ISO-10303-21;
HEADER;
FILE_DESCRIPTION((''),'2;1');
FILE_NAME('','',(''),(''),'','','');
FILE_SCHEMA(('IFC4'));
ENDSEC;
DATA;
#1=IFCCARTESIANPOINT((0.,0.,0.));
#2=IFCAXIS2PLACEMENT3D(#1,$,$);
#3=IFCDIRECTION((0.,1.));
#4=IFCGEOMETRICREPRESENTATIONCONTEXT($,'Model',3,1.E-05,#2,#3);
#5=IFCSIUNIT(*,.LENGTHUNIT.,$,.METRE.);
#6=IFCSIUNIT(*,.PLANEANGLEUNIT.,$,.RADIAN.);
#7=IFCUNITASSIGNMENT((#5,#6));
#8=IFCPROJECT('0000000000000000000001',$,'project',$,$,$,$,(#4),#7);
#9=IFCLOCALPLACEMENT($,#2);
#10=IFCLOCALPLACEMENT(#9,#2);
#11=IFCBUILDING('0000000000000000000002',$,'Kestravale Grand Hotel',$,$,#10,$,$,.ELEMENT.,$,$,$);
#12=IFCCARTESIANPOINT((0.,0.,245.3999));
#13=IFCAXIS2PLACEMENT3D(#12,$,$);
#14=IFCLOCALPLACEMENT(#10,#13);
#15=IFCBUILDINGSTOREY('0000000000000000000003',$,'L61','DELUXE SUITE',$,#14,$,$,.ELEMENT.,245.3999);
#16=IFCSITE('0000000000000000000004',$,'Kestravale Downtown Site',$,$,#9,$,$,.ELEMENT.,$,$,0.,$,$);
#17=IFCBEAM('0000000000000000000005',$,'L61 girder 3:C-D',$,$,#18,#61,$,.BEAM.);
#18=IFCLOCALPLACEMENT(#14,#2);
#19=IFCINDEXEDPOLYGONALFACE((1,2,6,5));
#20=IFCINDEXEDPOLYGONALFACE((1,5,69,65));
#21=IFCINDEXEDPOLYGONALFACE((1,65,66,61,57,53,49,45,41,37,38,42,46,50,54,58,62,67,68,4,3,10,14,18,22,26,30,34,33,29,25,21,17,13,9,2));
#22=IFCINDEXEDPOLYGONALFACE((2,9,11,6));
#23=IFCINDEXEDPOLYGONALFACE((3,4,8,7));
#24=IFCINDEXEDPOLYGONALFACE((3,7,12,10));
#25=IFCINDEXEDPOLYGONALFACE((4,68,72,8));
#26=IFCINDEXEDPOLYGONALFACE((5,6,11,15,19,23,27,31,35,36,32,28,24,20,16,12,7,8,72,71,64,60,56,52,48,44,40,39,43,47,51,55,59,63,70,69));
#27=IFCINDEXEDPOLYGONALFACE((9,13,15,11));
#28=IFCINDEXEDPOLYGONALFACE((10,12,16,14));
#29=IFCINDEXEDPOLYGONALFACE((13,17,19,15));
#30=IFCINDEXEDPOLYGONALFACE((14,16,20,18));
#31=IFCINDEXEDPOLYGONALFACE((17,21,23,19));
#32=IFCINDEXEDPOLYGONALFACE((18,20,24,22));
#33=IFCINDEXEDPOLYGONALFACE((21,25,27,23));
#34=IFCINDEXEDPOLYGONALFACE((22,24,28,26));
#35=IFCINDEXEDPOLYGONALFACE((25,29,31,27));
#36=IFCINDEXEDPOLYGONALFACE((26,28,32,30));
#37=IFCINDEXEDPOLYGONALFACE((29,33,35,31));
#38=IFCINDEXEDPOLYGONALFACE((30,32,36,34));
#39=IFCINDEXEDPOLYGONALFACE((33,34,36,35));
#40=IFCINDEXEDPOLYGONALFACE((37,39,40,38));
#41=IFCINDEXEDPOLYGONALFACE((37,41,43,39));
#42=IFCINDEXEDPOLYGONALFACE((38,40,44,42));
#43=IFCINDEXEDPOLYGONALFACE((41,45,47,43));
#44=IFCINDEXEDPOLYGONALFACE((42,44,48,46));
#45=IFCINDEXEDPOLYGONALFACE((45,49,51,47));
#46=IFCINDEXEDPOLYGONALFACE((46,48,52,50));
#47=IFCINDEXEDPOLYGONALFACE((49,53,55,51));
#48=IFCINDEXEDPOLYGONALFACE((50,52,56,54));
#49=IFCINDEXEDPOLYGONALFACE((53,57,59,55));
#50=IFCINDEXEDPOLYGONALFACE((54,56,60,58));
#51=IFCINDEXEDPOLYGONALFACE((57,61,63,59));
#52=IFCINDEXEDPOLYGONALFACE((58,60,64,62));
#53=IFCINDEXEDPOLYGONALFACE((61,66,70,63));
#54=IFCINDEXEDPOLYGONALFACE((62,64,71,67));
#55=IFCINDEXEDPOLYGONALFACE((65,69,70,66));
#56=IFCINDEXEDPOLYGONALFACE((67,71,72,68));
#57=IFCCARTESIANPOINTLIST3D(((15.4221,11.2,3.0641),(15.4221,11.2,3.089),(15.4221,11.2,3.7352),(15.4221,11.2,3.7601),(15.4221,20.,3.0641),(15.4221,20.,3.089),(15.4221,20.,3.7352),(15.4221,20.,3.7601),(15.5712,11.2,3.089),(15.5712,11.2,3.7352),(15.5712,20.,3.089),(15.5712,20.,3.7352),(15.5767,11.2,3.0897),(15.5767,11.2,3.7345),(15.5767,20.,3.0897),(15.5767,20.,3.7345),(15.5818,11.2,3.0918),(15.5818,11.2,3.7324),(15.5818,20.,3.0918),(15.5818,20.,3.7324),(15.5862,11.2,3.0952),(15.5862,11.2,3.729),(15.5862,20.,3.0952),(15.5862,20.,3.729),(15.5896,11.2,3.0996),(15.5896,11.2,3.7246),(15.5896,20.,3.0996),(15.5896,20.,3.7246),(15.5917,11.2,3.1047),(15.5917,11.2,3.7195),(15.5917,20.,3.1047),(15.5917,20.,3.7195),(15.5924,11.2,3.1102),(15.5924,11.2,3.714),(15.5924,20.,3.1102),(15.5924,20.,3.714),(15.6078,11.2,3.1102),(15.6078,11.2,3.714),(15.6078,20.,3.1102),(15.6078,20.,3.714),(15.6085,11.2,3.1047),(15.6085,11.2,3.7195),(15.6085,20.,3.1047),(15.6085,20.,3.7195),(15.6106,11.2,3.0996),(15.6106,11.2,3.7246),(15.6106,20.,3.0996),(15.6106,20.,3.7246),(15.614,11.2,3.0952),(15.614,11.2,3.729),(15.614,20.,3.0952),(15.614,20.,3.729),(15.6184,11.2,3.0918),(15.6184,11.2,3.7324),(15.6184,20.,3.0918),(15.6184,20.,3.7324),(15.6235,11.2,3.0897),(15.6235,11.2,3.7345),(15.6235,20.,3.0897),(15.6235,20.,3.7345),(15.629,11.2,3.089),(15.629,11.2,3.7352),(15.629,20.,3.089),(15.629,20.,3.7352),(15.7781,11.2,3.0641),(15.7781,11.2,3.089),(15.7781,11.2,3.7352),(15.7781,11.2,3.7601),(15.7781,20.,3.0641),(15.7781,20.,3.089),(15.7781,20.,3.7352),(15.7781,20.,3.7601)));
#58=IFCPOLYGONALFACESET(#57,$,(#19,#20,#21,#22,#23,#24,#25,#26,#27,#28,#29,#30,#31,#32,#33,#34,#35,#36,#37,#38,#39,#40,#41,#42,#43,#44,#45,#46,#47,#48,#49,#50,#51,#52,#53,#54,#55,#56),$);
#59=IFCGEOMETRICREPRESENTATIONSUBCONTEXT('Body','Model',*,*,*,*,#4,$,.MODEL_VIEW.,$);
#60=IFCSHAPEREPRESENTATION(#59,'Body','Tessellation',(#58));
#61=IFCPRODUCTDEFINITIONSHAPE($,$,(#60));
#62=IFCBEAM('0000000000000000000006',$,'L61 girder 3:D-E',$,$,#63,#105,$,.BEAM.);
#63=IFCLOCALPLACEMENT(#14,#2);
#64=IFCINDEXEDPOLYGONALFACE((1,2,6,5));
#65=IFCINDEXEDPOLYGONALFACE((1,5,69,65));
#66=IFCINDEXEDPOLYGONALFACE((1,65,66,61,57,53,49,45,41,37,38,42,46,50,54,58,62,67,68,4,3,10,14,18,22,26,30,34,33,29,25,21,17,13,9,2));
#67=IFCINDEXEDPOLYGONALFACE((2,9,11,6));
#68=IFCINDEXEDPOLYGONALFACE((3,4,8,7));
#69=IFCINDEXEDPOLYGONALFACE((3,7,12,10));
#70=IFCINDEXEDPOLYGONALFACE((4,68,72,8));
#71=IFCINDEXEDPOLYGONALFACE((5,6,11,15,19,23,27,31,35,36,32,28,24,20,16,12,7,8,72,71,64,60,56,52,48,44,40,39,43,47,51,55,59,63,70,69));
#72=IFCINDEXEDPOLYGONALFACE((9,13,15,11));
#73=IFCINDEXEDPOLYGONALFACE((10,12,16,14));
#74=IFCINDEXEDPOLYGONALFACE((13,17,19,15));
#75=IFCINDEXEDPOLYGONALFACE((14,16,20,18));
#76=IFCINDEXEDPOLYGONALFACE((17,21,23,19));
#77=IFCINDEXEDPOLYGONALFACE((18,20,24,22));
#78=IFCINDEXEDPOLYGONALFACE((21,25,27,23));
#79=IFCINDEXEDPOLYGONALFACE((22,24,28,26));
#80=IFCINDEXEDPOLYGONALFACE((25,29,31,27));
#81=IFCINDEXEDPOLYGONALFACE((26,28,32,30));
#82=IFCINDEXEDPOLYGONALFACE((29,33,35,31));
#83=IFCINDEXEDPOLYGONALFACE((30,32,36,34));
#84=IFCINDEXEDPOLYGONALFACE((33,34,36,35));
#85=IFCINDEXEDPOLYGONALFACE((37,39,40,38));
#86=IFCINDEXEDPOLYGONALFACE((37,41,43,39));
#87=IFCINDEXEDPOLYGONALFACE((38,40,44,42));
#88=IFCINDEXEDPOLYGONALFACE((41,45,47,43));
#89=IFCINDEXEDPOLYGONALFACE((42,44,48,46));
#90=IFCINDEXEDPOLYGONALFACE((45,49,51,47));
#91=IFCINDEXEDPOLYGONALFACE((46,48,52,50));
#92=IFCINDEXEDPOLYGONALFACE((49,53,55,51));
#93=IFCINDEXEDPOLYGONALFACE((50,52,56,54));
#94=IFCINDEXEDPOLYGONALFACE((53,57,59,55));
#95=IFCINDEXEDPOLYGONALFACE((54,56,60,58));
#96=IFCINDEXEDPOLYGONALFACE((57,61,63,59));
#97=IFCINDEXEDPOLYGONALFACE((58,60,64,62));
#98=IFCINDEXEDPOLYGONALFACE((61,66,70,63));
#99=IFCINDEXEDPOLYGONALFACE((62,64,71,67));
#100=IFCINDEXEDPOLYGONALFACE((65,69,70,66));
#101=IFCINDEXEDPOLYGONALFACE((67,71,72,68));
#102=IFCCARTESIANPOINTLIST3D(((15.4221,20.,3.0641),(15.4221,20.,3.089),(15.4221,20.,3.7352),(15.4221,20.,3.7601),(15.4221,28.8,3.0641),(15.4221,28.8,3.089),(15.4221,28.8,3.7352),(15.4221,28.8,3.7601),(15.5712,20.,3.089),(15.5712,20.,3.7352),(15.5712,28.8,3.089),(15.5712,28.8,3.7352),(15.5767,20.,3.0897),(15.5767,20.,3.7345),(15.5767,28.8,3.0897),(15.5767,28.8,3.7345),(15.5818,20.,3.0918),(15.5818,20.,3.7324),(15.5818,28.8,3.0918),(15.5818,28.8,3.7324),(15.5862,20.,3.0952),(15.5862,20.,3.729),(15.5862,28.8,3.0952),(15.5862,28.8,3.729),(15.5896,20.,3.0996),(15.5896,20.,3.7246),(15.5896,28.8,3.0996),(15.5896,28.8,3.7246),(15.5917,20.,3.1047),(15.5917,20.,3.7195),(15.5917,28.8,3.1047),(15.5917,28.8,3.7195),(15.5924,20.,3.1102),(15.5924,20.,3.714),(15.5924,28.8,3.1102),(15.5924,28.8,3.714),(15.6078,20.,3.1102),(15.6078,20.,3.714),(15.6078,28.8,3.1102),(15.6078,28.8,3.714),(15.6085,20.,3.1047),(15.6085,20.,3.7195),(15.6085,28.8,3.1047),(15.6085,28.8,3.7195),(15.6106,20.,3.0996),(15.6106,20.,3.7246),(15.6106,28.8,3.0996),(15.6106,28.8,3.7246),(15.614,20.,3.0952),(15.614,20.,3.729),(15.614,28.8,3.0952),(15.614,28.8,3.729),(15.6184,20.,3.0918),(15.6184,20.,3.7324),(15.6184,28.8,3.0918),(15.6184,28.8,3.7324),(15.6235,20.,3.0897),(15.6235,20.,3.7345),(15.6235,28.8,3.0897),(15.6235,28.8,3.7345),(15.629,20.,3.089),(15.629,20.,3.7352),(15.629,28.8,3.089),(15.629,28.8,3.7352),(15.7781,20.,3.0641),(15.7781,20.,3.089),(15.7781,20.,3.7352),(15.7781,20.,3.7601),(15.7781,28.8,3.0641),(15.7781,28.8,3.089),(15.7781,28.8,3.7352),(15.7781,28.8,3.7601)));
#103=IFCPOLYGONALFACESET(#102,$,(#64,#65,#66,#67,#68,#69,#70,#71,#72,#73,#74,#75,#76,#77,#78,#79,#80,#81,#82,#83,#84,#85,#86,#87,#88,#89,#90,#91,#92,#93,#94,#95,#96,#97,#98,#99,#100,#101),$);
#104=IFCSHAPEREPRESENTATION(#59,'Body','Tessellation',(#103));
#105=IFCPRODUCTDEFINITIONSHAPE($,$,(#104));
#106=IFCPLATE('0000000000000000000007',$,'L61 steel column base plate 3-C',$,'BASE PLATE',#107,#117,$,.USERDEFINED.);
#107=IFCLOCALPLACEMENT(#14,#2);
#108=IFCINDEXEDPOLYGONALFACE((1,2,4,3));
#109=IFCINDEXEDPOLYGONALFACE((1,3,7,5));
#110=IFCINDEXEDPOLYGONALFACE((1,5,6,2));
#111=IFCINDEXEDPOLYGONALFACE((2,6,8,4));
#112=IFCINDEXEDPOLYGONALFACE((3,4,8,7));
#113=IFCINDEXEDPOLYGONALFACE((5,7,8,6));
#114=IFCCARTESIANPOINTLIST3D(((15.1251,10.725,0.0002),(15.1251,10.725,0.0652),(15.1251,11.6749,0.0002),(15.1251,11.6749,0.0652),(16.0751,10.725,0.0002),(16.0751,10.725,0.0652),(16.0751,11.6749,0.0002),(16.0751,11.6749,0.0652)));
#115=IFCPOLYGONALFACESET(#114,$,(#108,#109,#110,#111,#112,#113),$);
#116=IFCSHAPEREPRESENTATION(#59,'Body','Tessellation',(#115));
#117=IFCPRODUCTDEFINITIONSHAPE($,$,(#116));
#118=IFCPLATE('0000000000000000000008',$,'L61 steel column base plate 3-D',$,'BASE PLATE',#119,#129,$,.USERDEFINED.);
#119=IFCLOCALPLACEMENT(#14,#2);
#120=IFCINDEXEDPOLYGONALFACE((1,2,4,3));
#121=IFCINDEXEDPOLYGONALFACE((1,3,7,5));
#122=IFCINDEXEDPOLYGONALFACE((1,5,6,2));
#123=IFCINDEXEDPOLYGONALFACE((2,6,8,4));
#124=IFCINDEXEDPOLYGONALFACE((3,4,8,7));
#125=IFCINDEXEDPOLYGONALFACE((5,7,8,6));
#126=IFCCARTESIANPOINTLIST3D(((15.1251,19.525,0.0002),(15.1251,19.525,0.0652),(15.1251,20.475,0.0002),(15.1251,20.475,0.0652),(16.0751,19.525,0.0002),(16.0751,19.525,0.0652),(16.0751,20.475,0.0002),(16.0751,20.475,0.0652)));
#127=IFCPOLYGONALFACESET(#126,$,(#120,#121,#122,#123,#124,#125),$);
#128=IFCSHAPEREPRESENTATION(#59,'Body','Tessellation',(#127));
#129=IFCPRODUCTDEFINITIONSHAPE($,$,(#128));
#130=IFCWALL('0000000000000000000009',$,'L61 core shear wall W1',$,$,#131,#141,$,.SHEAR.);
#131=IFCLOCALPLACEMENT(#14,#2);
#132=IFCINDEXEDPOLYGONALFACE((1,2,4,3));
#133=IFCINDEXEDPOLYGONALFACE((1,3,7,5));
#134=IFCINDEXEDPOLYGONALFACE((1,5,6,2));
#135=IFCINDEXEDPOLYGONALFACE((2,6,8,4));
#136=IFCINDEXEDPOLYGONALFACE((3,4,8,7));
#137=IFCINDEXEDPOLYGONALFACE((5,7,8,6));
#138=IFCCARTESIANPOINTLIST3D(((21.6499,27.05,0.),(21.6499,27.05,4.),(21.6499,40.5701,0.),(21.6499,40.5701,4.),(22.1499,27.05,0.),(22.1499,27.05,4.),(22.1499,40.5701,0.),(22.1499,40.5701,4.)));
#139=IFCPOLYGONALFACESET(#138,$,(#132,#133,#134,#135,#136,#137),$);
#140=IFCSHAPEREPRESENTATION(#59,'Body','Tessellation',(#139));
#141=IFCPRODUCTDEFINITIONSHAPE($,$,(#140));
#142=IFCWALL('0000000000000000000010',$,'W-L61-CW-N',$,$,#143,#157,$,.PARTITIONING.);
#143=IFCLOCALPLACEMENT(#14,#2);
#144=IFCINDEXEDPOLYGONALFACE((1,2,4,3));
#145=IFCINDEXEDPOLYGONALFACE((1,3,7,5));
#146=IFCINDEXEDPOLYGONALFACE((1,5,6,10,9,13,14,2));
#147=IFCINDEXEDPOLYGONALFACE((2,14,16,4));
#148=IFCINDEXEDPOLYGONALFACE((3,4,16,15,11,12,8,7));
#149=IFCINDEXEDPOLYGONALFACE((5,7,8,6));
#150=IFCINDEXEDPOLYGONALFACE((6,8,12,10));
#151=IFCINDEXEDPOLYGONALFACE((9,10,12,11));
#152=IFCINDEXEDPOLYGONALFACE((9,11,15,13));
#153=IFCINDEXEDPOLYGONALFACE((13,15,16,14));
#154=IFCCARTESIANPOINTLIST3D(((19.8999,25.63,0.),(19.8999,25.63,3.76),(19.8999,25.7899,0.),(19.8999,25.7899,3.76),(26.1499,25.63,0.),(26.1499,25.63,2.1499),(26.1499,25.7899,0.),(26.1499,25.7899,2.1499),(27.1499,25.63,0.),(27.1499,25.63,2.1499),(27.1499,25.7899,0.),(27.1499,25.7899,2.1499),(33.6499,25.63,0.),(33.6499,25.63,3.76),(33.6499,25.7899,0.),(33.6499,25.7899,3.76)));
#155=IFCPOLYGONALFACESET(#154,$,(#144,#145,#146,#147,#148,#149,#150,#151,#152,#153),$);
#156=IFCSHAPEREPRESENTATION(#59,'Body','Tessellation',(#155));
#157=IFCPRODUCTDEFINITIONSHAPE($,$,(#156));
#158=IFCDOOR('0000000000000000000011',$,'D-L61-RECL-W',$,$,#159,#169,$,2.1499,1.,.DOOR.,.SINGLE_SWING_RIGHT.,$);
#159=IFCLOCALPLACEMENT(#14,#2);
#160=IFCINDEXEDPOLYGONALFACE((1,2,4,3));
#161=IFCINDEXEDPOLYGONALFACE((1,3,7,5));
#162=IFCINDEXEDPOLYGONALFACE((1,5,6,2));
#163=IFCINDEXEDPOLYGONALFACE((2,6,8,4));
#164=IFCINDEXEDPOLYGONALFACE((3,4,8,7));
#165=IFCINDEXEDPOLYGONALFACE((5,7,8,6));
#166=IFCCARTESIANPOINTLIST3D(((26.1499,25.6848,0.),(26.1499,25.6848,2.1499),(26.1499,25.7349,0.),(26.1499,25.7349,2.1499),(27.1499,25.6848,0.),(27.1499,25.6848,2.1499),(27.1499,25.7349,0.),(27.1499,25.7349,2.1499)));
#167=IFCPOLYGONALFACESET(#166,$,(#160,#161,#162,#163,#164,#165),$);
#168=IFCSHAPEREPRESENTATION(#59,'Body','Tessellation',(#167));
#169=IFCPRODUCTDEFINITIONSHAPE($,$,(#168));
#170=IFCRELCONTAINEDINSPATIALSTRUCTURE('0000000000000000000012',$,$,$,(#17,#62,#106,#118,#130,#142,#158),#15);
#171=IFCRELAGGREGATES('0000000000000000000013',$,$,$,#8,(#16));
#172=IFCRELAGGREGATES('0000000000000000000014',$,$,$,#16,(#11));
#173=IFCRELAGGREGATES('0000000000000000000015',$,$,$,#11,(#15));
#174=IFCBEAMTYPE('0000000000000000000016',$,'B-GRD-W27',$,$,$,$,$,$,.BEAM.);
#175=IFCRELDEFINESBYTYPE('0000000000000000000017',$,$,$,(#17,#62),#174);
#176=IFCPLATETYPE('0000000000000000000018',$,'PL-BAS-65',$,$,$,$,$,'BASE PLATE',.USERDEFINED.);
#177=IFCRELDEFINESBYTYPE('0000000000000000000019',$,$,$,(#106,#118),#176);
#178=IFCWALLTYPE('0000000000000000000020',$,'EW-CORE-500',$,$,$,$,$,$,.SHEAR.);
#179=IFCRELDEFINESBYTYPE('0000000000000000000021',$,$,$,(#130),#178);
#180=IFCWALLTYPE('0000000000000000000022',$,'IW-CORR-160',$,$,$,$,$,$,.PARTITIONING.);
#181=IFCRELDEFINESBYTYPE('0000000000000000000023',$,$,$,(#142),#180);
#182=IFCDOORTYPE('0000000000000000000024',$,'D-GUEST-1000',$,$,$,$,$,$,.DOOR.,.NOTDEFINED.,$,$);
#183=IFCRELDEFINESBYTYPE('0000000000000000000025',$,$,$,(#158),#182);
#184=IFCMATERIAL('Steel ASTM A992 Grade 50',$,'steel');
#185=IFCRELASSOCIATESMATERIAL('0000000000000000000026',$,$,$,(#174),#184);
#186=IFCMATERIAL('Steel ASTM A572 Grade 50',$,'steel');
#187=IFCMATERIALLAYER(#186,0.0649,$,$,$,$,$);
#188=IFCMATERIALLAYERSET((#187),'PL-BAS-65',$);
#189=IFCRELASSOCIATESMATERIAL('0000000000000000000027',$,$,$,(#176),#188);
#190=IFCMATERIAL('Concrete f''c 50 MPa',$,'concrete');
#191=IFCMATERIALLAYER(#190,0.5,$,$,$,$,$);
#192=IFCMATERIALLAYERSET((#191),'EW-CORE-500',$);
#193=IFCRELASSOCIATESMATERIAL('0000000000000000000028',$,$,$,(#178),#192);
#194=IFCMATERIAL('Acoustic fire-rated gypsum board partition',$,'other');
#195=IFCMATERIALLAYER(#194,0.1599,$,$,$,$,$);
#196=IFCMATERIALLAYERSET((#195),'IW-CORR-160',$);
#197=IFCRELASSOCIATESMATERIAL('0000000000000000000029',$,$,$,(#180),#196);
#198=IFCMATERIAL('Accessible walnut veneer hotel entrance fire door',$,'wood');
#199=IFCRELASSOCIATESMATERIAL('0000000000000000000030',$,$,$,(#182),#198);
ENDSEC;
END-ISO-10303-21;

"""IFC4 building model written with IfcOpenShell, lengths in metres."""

from ifc_helpers import new_model, si_unit, direction, frame, frame_2d, origin, origin_2d, place, context, subcontext, project, spatial, rectangle, i_section, extrude, material, layer, layer_set, material_profile, profile_set, type_object, element, fill, save


model = new_model("IFC4")

# Units and contexts
model_context = context("Model", 3, precision=1e-05, world=origin(), true_north=direction((0.0, 1.0)))
body_context = subcontext(model_context, "Body", "Model", "MODEL_VIEW")
ifc_project = project(units=[si_unit("LENGTHUNIT", "METRE"), si_unit("PLANEANGLEUNIT", "RADIAN")], contexts=[model_context])

# Site, building, storey
site_placement = place(None, origin())
site = spatial("IfcSite", under=ifc_project, at=site_placement, Name="Kestravale Downtown Site", CompositionType="ELEMENT", RefElevation=0.0)
building_placement = place(site_placement, origin())
building = spatial("IfcBuilding", under=site, at=building_placement, Name="Kestravale Grand Hotel", CompositionType="ELEMENT")
storey_placement = place(building_placement, frame((0.0, 0.0, 245.3999)))
storey = spatial("IfcBuildingStorey", under=building, at=storey_placement, Name="L61", Description="DELUXE SUITE", CompositionType="ELEMENT", Elevation=245.3999)

# Beams
ifc_material_1 = material(Name="Steel ASTM A992 Grade 50", Category="steel")
ifc_material_profile_1 = material_profile(ifc_material_1, i_section(OverallWidth=0.356, OverallDepth=0.696, WebThickness=0.0154, FlangeThickness=0.0249, FilletRadius=0.0212, at=origin_2d()))
ifc_profile_set_1 = profile_set([ifc_material_profile_1], Name="Steel ASTM A992 Grade 50")
beam_type_1 = type_object("IfcBeamType", Name="B-GRD-W27", PredefinedType="BEAM", material=ifc_profile_set_1)
for number, where, z_axis, x_axis, name in (
    (1, (15.6001, 11.2, 3.4121), (0.0, 1.0, 0.0), (-1.0, 0.0, 0.0), "L61 girder 3:C-D"),
    (2, (15.6001, 20.0, 3.4121), (0.0, 1.0, 0.0), (-1.0, 0.0, 0.0), "L61 girder 3:D-E"),
):
    element("IfcBeam", number, at=place(storey_placement, frame(where, z_axis=z_axis, x_axis=x_axis)), inside=storey, type_object=beam_type_1, Name=name, PredefinedType="BEAM", context=body_context, shape_type="SweptSolid", body=[
        extrude(i_section(OverallWidth=0.356, OverallDepth=0.696, WebThickness=0.0154, FlangeThickness=0.0249, FilletRadius=0.0212, at=origin_2d()), origin(), (0.0, 0.0, 1.0), 8.8),
    ])

# Plates
ifc_material_2 = material(Name="Steel ASTM A572 Grade 50", Category="steel")
ifc_layer_1 = layer(ifc_material_2, 0.0649)
ifc_layer_set_1 = layer_set([ifc_layer_1], Name="PL-BAS-65")
plate_type = type_object("IfcPlateType", Name="PL-BAS-65", ElementType="BASE PLATE", PredefinedType="USERDEFINED", material=ifc_layer_set_1)
for number, where, z_axis, x_axis, name in (
    (3, (15.6001, 11.2, 0.0002), (0.0, 0.0, 1.0), (1.0, 0.0, 0.0), "L61 steel column base plate 3-C"),
    (4, (15.6001, 20.0, 0.0002), (0.0, 0.0, 1.0), (1.0, 0.0, 0.0), "L61 steel column base plate 3-D"),
):
    element("IfcPlate", number, at=place(storey_placement, frame(where, z_axis=z_axis, x_axis=x_axis)), inside=storey, type_object=plate_type, Name=name, ObjectType="BASE PLATE", PredefinedType="USERDEFINED", context=body_context, shape_type="SweptSolid", body=[
        extrude(rectangle(XDim=0.95, YDim=0.95, at=origin_2d()), origin(), (0.0, 0.0, 1.0), 0.0649),
    ])

# Wall
ifc_material_3 = material(Name="Concrete f'c 50 MPa", Category="concrete")
ifc_layer_2 = layer(ifc_material_3, 0.5)
ifc_layer_set_2 = layer_set([ifc_layer_2], Name="EW-CORE-500")
wall_type_1 = type_object("IfcWallType", Name="EW-CORE-500", PredefinedType="SHEAR", material=ifc_layer_set_2)
wall_1_placement = place(storey_placement, frame((21.8999, 27.05, 0.0), z_axis=(0.0, 0.0, 1.0), x_axis=(0.0, 1.0, 0.0)))
element("IfcWall", 5, at=wall_1_placement, inside=storey, type_object=wall_type_1, Name="L61 core shear wall W1", PredefinedType="SHEAR", context=body_context, shape_type="SweptSolid", body=[
    extrude(rectangle(XDim=13.52, YDim=0.5, at=frame_2d((6.76, 0.0))), origin(), (0.0, 0.0, 1.0), 4.0),
])

# Wall, opening, door
ifc_material_4 = material(Name="Acoustic fire-rated gypsum board partition", Category="other")
ifc_layer_3 = layer(ifc_material_4, 0.1599)
ifc_layer_set_3 = layer_set([ifc_layer_3], Name="IW-CORR-160")
wall_type_2 = type_object("IfcWallType", Name="IW-CORR-160", PredefinedType="PARTITIONING", material=ifc_layer_set_3)
wall_2_placement = place(storey_placement, frame((19.8999, 25.71, 0.0), z_axis=(0.0, 0.0, 1.0), x_axis=(1.0, 0.0, 0.0)))
wall_2 = element("IfcWall", 6, at=wall_2_placement, inside=storey, type_object=wall_type_2, Name="W-L61-CW-N", PredefinedType="PARTITIONING", context=body_context, shape_type="SweptSolid", body=[
    extrude(rectangle(XDim=13.75, YDim=0.1599, at=frame_2d((6.875, 0.0))), origin(), (0.0, 0.0, 1.0), 3.76),
])
opening_1_placement = place(wall_2_placement, frame((6.25, 0.0, 0.0)))
opening_1 = element("IfcOpeningElement", 7, at=opening_1_placement, cuts=wall_2, PredefinedType="OPENING", context=body_context, shape_type="SweptSolid", body=[
    extrude(rectangle(XDim=1.0, YDim=2.1499, at=frame_2d((0.5, 1.075))), frame((0.0, 0.0898, 0.0), z_axis=(0.0, -1.0, 0.0), x_axis=(1.0, 0.0, 0.0)), (0.0, 0.0, 1.0), 0.1799),
])
ifc_material_5 = material(Name="Accessible walnut veneer hotel entrance fire door", Category="wood")
door_type_1 = type_object("IfcDoorType", Name="D-GUEST-1000", OperationType="NOTDEFINED", PredefinedType="DOOR", material=ifc_material_5)
door_1_placement = place(opening_1_placement, origin())
door_1 = element("IfcDoor", 8, at=door_1_placement, inside=storey, type_object=door_type_1, Name="D-L61-RECL-W", OperationType="SINGLE_SWING_RIGHT", OverallHeight=2.1499, OverallWidth=1.0, PredefinedType="DOOR", context=body_context, shape_type="SweptSolid", body=[
    extrude(rectangle(XDim=1.0, YDim=2.1499, at=frame_2d((0.5, 1.075))), frame((0.0, 0.0249, 0.0), z_axis=(0.0, -1.0, 0.0), x_axis=(1.0, 0.0, 0.0)), (0.0, 0.0, 1.0), 0.05),
])
fill(opening_1, door_1)

save(model, "model.ifc")
